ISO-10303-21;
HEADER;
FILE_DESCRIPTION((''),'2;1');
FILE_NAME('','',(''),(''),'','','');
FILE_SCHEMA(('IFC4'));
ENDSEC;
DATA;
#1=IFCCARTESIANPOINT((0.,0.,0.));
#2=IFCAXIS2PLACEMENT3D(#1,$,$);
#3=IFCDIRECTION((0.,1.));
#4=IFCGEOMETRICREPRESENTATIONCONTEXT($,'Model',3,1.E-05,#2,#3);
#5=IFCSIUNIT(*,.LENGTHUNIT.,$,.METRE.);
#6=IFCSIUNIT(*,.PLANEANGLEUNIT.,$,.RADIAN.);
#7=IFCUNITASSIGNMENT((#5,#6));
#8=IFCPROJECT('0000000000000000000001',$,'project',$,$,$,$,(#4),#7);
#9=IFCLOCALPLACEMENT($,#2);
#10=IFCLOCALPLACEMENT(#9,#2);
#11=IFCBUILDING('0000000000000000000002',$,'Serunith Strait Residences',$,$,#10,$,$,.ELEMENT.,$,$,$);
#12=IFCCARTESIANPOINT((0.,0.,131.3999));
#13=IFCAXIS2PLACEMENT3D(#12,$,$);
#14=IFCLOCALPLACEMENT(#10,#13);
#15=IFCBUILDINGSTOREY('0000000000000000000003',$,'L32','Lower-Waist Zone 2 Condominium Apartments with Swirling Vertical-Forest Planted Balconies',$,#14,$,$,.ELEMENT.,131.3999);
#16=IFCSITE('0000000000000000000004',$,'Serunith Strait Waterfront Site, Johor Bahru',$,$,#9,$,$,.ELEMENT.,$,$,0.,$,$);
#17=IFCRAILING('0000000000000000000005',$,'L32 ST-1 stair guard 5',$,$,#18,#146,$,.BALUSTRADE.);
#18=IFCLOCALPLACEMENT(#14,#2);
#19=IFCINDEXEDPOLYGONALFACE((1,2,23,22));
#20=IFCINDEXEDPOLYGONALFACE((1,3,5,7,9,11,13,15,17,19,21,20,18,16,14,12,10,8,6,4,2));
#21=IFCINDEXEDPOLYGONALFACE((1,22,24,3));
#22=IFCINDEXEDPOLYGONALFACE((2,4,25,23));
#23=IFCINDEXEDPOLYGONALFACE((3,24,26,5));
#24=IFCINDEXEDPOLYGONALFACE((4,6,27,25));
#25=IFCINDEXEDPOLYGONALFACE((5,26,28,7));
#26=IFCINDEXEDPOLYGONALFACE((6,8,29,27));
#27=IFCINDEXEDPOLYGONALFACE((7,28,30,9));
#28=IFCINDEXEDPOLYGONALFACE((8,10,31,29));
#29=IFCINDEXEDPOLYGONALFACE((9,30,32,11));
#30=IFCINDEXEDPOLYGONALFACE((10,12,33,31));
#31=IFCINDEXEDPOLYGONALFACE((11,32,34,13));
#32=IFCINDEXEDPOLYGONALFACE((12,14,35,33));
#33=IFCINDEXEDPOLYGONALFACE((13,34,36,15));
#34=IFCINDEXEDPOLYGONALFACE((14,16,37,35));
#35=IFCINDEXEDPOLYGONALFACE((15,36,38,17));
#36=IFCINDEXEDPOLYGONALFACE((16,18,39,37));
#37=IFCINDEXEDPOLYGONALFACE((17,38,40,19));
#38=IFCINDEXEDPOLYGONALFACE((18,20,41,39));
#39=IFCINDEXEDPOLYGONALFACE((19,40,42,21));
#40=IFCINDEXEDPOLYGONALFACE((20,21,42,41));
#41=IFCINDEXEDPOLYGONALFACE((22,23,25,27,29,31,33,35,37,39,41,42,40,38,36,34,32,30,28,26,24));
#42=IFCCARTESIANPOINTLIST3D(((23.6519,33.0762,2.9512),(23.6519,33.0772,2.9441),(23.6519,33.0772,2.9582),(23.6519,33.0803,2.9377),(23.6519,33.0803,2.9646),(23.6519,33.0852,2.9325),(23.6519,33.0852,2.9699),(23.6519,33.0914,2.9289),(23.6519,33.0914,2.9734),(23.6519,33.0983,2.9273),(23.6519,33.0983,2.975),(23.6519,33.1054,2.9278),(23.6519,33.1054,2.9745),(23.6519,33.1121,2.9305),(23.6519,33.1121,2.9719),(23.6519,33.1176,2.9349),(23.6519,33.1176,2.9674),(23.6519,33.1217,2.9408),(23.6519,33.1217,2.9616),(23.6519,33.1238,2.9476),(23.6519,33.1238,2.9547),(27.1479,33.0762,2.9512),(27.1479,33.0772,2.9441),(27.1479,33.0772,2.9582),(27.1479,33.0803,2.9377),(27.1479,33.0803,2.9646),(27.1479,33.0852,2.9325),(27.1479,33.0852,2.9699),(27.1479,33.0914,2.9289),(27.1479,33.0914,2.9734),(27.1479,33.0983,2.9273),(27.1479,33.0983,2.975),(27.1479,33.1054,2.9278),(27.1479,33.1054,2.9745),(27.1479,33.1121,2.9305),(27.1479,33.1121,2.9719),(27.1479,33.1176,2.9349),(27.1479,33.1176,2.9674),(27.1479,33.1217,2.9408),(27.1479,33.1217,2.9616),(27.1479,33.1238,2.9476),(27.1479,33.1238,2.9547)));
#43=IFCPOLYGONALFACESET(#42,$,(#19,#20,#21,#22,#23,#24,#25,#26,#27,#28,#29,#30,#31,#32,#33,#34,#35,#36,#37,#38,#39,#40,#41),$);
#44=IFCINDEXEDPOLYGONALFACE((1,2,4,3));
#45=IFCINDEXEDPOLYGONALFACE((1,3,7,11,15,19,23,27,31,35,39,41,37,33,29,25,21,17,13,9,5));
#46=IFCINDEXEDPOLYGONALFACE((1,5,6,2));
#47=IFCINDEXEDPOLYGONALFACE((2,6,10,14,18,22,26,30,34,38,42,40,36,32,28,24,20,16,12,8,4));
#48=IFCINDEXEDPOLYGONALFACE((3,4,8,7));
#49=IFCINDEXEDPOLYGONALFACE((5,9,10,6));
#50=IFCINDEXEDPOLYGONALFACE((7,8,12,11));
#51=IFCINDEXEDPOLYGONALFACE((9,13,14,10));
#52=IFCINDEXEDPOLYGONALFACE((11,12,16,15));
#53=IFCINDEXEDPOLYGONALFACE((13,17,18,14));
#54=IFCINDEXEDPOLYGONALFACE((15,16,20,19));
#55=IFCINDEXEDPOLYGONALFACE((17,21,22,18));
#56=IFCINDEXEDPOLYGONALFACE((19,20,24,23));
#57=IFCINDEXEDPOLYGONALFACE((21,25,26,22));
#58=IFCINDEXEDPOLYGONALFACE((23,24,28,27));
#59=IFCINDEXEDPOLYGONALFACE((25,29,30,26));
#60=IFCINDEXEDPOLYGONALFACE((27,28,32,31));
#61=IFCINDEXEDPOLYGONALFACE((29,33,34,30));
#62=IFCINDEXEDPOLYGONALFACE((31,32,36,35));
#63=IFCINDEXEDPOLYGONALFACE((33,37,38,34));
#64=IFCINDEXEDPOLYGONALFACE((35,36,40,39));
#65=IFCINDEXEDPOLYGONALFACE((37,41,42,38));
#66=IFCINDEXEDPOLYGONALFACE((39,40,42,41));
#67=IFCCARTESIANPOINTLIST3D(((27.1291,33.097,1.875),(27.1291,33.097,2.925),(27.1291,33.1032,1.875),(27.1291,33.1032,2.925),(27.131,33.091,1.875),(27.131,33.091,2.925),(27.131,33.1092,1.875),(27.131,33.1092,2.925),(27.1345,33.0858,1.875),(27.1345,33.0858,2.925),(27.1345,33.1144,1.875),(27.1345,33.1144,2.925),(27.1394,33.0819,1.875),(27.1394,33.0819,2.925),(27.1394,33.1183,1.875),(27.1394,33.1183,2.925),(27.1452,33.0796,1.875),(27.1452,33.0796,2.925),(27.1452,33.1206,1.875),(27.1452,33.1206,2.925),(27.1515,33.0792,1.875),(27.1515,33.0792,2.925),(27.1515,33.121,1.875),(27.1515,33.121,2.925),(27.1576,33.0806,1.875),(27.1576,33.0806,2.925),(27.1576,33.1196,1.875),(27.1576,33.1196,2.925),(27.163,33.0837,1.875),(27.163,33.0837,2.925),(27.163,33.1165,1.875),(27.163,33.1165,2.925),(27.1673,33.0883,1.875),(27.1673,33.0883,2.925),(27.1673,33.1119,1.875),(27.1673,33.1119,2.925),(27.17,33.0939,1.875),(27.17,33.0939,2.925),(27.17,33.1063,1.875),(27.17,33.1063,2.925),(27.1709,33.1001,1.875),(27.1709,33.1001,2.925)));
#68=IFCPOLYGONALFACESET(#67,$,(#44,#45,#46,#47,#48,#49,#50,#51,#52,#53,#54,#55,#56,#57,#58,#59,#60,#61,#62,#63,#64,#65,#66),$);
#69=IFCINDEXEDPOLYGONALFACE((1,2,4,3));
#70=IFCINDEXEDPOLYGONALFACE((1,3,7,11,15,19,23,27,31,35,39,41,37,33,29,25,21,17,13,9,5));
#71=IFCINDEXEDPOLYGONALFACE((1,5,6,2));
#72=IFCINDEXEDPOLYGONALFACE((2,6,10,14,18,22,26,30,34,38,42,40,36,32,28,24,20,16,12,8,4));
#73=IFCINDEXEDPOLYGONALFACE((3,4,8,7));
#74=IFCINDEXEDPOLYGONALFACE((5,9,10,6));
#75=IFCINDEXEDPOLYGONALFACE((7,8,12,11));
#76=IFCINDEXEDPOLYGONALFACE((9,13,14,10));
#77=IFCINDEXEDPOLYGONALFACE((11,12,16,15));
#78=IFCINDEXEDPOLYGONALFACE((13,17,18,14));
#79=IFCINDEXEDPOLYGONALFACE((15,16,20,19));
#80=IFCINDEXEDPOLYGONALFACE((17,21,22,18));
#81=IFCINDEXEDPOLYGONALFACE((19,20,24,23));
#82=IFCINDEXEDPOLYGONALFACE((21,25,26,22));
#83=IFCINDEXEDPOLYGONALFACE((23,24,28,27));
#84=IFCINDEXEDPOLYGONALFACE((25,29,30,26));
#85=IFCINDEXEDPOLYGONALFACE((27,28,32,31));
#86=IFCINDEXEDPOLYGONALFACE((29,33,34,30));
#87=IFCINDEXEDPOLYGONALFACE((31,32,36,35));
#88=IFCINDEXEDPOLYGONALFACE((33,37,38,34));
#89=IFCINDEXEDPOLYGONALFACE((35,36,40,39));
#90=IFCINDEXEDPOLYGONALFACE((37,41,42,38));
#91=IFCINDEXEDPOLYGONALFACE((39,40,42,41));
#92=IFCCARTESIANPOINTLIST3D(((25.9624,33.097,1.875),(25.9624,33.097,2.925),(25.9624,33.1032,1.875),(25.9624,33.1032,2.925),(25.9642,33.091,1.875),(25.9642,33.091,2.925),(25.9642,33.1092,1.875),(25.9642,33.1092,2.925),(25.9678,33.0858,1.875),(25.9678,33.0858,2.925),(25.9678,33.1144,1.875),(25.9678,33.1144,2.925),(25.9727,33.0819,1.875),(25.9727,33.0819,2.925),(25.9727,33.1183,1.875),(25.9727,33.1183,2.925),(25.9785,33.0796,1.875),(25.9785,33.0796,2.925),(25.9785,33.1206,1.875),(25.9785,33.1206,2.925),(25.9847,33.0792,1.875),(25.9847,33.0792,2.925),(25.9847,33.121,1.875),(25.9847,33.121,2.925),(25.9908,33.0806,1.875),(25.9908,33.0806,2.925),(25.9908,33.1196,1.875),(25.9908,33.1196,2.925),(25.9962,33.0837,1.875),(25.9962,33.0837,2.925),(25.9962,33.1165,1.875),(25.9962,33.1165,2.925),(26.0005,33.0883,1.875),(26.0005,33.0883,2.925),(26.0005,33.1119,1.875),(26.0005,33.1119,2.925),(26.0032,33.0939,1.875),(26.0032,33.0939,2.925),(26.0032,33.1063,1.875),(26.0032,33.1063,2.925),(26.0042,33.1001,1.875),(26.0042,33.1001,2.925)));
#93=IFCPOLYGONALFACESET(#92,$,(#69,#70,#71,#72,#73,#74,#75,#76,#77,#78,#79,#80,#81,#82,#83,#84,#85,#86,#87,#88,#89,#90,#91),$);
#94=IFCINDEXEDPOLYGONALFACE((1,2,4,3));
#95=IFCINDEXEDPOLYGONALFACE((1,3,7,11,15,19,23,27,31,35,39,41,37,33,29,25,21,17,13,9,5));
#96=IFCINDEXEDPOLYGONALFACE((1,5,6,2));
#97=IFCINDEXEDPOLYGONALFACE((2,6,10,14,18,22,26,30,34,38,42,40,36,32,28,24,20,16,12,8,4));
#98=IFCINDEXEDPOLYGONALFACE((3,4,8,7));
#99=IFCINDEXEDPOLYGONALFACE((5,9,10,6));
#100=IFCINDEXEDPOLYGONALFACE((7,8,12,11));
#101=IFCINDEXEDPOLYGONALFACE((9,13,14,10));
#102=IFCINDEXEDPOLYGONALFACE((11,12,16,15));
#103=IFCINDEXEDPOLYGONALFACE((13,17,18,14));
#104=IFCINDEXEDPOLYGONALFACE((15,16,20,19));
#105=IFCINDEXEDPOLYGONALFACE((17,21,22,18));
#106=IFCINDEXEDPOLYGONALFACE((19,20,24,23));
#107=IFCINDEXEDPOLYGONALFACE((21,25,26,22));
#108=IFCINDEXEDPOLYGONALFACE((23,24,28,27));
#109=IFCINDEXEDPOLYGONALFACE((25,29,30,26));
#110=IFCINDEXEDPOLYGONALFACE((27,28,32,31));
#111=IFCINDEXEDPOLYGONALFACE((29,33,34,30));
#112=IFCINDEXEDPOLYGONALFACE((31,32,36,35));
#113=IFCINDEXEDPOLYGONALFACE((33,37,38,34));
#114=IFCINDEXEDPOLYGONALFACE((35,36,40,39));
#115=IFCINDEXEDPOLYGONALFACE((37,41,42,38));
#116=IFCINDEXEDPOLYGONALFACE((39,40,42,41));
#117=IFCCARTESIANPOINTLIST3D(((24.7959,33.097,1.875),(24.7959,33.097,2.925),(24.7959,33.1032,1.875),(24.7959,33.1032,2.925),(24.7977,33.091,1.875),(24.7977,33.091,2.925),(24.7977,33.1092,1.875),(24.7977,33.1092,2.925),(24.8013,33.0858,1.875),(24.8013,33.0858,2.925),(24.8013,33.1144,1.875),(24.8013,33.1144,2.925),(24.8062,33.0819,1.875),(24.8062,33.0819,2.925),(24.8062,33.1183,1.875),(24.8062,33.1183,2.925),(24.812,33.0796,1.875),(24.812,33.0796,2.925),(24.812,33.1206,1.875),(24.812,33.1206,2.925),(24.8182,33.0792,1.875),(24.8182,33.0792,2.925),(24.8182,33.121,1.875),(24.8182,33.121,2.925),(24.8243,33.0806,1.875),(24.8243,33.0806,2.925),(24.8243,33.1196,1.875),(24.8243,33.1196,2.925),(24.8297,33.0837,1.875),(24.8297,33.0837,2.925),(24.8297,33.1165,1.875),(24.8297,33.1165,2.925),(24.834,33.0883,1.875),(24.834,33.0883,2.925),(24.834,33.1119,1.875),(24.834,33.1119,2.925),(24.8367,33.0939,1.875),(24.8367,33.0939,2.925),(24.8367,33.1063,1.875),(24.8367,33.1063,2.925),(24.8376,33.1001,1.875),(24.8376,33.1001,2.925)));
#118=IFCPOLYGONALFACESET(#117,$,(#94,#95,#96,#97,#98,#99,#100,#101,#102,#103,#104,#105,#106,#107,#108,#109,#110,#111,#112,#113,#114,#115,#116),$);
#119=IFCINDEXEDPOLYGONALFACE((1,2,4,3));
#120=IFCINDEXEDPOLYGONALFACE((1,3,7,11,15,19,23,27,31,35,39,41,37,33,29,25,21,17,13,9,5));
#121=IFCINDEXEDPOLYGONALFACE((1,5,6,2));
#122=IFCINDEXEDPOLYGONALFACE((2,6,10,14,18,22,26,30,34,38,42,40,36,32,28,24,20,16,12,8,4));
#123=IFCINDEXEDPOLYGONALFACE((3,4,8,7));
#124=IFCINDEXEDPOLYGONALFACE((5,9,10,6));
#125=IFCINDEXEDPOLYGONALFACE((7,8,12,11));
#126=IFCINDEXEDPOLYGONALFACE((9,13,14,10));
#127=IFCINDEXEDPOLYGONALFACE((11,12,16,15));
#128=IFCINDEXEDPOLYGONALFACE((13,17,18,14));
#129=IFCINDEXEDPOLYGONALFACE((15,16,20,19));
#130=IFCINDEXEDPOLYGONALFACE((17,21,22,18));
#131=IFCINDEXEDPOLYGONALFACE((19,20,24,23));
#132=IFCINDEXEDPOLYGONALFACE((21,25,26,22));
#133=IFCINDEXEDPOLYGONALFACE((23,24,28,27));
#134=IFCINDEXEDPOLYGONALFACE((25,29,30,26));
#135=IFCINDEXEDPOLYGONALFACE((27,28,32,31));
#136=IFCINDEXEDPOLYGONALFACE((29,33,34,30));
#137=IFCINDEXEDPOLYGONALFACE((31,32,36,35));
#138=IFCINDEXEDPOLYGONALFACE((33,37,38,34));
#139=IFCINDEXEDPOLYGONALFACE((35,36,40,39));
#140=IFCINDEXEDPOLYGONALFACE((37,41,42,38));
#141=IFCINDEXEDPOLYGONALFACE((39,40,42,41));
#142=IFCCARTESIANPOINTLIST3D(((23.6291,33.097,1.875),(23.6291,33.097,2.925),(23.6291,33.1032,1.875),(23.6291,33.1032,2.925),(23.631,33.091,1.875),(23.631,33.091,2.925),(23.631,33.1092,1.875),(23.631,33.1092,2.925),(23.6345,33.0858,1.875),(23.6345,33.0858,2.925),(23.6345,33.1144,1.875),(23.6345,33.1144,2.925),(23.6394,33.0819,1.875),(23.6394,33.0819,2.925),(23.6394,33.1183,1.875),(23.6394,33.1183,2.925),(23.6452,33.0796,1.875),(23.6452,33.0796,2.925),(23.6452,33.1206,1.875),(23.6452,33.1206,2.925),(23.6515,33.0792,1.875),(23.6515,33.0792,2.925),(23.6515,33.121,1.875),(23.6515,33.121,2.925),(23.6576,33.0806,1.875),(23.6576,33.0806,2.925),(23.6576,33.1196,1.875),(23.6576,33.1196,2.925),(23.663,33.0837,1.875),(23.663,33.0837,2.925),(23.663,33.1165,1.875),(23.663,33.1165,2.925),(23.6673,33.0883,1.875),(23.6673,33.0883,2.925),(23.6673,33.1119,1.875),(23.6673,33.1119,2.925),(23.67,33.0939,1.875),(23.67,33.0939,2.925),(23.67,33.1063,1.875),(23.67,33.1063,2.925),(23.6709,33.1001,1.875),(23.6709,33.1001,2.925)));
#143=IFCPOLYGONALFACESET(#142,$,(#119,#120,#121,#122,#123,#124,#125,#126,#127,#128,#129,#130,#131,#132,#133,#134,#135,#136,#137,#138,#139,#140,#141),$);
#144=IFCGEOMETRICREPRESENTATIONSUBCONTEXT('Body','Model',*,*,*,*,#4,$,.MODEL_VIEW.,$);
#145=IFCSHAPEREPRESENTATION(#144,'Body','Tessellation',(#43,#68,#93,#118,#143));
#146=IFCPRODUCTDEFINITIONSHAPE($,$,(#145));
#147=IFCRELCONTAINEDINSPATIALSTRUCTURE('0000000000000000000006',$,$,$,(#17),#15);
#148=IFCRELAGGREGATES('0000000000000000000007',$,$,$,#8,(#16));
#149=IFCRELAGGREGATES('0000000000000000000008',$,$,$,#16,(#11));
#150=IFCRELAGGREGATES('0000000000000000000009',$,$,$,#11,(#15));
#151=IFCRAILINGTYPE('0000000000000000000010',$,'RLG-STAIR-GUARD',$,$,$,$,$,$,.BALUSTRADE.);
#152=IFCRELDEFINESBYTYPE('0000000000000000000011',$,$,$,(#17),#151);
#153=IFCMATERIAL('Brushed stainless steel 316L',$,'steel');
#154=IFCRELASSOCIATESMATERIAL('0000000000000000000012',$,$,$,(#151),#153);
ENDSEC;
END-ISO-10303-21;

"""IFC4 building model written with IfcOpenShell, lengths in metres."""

from ifc_helpers import new_model, si_unit, direction, frame, origin, origin_2d, place, context, subcontext, project, spatial, circle, extrude, material, type_object, element, save


model = new_model("IFC4")

# Units and contexts
model_context = context("Model", 3, precision=1e-05, world=origin(), true_north=direction((0.0, 1.0)))
body_context = subcontext(model_context, "Body", "Model", "MODEL_VIEW")
ifc_project = project(units=[si_unit("LENGTHUNIT", "METRE"), si_unit("PLANEANGLEUNIT", "RADIAN")], contexts=[model_context])

# Site, building, storey
site_placement = place(None, origin())
site = spatial("IfcSite", under=ifc_project, at=site_placement, Name="Serunith Strait Waterfront Site, Johor Bahru", CompositionType="ELEMENT", RefElevation=0.0)
building_placement = place(site_placement, origin())
building = spatial("IfcBuilding", under=site, at=building_placement, Name="Serunith Strait Residences", CompositionType="ELEMENT")
storey_placement = place(building_placement, frame((0.0, 0.0, 131.3999)))
storey = spatial("IfcBuildingStorey", under=building, at=storey_placement, Name="L32", Description="Lower-Waist Zone 2 Condominium Apartments with Swirling Vertical-Forest Planted Balconies", CompositionType="ELEMENT", Elevation=131.3999)

# Railing
ifc_material_1 = material(Name="Brushed stainless steel 316L", Category="steel")
railing_type_1 = type_object("IfcRailingType", Name="RLG-STAIR-GUARD", PredefinedType="BALUSTRADE", material=ifc_material_1)
railing_1_placement = place(storey_placement, frame((27.1499, 33.1001, 1.875)))
element("IfcRailing", 1, at=railing_1_placement, inside=storey, type_object=railing_type_1, Name="L32 ST-1 stair guard 5", PredefinedType="BALUSTRADE", context=body_context, shape_type="SweptSolid", body=[
    extrude(circle(Radius=0.0239, at=origin_2d()), frame((-0.002, 0.0, 1.0762), z_axis=(-1.0, 0.0, 0.0), x_axis=(0.0, -1.0, 0.0)), (0.0, 0.0, 1.0), 3.4961),
    extrude(circle(Radius=0.021, at=origin_2d()), origin(), (0.0, 0.0, 1.0), 1.05),
    extrude(circle(Radius=0.021, at=origin_2d()), frame((-1.1667, 0.0, 0.0)), (0.0, 0.0, 1.0), 1.05),
    extrude(circle(Radius=0.021, at=origin_2d()), frame((-2.3333, 0.0, 0.0)), (0.0, 0.0, 1.0), 1.05),
    extrude(circle(Radius=0.021, at=origin_2d()), frame((-3.5, 0.0, 0.0)), (0.0, 0.0, 1.0), 1.05),
])

save(model, "model.ifc")
